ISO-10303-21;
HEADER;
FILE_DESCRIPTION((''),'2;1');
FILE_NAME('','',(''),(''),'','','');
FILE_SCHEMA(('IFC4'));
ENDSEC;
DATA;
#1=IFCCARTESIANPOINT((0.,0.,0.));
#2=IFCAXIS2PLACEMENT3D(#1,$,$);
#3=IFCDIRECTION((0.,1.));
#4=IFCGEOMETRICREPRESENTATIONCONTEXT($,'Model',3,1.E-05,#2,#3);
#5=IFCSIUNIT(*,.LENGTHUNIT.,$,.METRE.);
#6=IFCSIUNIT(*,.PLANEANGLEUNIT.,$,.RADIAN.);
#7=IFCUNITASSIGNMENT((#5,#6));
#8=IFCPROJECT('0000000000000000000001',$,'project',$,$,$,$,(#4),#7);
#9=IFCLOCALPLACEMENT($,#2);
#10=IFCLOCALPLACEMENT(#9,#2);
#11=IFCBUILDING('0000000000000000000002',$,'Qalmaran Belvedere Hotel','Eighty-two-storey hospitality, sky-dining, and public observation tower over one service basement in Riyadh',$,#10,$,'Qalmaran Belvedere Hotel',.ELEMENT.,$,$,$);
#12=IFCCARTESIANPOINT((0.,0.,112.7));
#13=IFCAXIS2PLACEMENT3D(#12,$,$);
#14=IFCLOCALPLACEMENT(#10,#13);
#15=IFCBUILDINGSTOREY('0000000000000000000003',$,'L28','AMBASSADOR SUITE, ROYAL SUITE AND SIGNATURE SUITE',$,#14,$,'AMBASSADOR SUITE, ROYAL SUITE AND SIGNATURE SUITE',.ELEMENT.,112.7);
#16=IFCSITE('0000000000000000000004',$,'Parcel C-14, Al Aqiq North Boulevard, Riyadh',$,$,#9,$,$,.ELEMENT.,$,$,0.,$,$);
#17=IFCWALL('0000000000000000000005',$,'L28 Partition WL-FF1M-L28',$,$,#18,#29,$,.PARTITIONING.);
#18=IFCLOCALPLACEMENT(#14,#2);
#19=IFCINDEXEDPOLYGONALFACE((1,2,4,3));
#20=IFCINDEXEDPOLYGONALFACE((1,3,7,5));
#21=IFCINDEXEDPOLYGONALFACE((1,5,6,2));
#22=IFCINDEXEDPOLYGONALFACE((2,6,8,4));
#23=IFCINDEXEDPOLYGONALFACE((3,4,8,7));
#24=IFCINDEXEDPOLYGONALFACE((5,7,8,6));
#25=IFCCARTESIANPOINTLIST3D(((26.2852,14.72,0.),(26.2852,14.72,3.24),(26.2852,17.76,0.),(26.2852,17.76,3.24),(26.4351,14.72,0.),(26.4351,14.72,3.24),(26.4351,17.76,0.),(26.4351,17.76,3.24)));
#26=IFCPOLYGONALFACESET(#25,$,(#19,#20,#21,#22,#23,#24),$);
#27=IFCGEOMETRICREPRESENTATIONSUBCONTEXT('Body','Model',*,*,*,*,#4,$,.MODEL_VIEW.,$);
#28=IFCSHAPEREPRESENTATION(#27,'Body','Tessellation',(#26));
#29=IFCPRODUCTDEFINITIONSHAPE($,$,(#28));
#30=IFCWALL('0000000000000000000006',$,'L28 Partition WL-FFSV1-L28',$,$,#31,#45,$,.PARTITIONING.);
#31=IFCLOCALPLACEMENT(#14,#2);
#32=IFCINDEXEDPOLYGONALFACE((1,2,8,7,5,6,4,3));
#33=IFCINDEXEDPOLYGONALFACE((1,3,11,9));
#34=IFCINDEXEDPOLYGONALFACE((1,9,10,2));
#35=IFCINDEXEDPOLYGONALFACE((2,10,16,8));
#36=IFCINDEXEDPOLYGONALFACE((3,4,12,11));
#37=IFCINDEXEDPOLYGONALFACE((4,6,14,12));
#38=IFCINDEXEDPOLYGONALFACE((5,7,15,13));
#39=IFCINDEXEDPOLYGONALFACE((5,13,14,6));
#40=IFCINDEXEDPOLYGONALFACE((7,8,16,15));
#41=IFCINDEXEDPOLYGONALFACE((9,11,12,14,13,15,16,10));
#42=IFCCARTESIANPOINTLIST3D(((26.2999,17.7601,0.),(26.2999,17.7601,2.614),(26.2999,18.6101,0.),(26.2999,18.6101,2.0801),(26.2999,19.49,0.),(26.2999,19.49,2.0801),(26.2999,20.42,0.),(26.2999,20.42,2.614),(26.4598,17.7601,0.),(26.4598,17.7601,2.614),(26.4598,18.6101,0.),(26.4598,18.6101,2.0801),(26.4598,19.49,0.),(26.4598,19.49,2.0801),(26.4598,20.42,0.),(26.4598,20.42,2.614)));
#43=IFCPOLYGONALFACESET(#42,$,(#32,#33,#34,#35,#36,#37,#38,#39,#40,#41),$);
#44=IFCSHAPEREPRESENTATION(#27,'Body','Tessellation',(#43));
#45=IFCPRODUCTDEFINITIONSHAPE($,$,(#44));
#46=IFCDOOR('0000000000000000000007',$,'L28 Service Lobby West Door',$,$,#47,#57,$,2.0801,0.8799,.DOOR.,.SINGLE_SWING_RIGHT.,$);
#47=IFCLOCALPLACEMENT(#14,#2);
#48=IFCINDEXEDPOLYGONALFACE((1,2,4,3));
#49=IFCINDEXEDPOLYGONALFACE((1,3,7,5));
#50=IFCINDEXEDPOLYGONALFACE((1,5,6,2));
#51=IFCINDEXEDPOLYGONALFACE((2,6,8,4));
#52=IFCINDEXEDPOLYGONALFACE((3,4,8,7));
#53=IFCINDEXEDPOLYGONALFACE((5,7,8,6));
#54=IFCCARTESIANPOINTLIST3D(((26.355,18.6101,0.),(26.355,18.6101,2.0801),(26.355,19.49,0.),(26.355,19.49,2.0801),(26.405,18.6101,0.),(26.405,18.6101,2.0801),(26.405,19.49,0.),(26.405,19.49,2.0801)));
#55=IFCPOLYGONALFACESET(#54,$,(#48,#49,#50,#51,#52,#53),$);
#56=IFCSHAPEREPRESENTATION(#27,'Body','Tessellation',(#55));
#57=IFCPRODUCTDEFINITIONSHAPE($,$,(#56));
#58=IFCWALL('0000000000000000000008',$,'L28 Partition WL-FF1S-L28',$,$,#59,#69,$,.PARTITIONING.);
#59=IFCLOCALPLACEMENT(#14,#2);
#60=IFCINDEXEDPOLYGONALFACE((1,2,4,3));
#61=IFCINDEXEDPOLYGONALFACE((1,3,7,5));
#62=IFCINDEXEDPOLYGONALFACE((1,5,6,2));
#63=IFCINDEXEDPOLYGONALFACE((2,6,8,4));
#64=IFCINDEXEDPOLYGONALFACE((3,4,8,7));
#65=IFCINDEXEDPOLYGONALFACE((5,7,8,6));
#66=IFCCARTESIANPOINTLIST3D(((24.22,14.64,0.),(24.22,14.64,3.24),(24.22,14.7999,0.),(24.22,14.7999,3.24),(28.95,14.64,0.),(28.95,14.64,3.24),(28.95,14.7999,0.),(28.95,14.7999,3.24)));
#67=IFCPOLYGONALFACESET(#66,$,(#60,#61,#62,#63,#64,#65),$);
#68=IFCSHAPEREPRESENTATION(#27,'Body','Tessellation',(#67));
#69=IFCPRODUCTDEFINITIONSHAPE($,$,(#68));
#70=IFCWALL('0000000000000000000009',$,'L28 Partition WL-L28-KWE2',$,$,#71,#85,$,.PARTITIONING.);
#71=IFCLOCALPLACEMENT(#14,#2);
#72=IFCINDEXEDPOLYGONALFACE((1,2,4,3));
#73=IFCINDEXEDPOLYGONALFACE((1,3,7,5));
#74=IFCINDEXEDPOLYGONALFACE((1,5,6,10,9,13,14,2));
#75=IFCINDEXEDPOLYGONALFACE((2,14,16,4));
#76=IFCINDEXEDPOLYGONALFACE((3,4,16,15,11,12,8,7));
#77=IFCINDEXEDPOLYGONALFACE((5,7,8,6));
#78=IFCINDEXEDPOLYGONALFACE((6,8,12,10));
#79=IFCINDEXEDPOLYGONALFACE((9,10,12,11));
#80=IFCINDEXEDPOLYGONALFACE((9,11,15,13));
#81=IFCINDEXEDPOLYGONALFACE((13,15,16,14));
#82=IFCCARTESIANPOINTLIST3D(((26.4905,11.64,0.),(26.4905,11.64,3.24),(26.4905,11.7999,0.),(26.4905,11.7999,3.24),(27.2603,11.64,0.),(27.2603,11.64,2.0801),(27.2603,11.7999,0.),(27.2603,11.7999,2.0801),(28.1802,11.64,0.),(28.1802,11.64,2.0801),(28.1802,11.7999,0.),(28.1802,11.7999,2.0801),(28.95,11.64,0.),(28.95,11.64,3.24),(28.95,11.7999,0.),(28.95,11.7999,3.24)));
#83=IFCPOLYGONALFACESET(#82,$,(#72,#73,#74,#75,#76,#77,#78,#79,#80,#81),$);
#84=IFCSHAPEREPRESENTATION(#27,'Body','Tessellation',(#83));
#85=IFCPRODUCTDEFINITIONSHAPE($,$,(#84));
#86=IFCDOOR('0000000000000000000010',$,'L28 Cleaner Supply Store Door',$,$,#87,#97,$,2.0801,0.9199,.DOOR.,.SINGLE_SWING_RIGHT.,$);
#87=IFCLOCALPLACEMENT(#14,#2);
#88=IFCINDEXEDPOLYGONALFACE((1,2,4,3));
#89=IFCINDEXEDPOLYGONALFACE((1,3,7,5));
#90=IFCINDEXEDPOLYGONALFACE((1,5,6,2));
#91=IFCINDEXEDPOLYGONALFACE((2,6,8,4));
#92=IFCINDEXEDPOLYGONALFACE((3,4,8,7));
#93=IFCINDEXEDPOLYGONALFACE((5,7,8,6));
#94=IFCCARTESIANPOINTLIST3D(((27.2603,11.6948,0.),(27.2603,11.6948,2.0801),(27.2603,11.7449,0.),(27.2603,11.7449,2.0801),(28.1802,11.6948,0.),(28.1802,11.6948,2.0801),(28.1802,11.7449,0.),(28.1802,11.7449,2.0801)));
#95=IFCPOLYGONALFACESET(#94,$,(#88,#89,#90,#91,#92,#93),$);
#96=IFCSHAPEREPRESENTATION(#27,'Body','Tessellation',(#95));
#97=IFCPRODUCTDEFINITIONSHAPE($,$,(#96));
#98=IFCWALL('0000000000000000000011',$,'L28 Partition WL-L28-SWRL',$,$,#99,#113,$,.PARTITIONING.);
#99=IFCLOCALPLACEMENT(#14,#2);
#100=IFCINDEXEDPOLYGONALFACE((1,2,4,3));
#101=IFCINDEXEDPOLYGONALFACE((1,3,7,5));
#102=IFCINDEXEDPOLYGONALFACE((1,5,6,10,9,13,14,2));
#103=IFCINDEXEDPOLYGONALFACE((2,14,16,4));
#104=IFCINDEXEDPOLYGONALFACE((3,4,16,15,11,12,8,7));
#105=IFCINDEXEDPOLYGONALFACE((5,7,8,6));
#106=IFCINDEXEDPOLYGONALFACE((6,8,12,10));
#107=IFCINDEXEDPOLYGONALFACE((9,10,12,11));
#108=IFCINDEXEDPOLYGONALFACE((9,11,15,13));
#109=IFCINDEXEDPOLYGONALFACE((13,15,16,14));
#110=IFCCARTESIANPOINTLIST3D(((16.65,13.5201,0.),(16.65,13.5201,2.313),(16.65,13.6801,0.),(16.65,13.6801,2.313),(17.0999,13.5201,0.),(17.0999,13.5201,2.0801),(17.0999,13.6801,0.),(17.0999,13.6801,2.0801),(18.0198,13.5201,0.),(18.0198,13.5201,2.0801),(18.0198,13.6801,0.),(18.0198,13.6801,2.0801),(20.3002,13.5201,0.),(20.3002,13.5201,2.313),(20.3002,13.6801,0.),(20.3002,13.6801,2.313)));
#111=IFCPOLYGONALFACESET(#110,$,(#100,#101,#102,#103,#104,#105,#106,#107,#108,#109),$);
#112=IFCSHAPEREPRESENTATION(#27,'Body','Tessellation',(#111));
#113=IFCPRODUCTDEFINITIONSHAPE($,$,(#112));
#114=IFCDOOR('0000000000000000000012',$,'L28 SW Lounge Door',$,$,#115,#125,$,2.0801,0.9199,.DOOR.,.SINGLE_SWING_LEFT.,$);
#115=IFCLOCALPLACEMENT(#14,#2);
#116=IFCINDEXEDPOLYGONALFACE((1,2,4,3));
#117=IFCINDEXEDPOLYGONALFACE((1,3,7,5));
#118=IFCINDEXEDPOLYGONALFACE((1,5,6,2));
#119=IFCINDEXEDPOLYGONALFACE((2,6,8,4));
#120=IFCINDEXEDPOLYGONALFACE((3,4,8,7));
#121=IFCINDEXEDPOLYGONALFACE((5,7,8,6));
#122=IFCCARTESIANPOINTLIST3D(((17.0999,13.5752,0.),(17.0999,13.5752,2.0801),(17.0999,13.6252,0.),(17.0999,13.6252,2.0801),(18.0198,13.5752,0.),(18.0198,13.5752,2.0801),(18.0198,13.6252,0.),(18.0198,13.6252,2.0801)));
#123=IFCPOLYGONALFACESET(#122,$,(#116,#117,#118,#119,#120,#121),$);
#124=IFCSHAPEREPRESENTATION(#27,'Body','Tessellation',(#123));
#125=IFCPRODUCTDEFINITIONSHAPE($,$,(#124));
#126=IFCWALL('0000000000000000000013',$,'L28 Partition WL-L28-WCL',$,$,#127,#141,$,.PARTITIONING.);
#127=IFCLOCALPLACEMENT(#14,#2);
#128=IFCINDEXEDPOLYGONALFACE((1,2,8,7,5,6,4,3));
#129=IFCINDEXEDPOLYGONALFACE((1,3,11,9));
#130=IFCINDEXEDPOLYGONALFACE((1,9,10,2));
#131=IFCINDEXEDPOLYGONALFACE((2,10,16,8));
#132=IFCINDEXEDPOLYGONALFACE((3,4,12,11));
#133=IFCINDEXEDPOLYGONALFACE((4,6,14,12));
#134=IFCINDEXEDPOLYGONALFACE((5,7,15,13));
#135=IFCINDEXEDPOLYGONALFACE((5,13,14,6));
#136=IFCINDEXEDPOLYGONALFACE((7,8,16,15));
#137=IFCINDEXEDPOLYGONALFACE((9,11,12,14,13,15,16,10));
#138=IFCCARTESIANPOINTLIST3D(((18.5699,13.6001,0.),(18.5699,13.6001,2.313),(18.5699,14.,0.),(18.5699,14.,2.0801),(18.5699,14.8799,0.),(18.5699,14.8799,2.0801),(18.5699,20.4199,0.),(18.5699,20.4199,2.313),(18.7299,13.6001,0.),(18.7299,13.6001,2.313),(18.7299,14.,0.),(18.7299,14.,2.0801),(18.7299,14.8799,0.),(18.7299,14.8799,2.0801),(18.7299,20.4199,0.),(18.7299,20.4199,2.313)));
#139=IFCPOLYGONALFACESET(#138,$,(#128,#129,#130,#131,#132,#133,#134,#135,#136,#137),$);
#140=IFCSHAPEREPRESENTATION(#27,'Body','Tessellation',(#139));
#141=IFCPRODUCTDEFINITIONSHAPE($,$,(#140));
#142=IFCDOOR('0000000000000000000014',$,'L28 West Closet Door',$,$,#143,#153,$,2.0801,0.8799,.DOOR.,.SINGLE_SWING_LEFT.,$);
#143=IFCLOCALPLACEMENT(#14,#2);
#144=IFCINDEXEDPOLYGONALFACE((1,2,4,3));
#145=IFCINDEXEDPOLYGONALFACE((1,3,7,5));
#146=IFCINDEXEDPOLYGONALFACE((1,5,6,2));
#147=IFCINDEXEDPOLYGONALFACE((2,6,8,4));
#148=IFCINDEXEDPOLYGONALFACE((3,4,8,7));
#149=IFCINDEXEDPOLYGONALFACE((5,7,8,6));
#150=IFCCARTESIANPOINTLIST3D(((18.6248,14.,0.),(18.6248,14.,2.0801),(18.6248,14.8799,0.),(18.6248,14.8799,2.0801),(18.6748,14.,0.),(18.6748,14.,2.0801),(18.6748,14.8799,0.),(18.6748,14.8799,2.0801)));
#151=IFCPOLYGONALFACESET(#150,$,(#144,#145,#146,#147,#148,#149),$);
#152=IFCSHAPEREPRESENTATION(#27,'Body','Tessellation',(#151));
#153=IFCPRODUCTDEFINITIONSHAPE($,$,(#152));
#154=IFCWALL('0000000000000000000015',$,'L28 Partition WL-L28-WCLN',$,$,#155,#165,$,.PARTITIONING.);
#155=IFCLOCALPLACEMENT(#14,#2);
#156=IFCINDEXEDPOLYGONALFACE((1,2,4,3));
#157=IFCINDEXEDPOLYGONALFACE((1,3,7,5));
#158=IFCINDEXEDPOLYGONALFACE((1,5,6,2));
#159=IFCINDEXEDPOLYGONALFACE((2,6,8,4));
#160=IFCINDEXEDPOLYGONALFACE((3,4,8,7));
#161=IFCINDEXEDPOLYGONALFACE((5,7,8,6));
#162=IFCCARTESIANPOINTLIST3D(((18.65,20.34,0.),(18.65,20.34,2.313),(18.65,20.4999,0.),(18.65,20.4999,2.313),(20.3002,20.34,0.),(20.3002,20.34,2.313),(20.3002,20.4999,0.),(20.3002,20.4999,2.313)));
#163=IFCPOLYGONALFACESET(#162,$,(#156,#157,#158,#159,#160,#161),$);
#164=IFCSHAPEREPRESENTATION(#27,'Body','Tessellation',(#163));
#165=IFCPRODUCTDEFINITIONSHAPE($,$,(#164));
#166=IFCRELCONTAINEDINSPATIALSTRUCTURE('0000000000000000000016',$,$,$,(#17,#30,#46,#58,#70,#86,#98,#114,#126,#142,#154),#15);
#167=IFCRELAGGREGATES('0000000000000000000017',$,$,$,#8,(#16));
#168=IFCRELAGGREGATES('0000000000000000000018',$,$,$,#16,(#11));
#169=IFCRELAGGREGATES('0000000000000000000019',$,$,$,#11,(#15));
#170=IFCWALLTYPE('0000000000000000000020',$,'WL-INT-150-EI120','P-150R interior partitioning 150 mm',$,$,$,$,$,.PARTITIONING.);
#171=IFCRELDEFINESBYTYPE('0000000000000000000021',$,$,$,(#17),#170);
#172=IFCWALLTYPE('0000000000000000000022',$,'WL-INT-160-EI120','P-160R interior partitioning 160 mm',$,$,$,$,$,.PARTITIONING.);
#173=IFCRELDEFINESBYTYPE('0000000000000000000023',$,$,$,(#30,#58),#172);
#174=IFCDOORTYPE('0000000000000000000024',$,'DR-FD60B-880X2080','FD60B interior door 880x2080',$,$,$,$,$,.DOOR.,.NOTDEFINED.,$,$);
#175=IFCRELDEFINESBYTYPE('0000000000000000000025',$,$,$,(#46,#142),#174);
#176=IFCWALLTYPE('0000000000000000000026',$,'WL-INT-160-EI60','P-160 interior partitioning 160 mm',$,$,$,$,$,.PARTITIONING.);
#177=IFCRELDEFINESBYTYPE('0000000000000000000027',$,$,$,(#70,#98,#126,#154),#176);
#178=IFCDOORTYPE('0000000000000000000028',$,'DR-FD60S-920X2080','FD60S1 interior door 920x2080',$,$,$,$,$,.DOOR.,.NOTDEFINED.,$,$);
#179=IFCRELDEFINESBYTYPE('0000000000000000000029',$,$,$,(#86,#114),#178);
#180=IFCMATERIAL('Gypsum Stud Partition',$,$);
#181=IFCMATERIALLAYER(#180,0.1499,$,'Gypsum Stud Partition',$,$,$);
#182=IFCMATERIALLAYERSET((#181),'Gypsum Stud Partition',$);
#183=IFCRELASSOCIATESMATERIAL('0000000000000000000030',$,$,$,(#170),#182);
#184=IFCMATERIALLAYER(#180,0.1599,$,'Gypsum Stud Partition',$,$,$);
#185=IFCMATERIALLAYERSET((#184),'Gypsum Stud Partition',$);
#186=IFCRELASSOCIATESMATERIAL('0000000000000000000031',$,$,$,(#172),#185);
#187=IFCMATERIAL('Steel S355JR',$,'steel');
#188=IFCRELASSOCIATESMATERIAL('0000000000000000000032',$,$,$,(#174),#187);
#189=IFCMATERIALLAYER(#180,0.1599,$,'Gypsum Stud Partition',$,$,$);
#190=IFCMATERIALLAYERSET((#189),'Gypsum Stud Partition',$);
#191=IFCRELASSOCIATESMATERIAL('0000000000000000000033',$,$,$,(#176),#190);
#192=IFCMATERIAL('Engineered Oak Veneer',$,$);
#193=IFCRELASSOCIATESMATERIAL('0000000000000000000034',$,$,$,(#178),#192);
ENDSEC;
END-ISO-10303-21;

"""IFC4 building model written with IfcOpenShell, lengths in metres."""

from ifc_helpers import new_model, si_unit, direction, frame, frame_2d, origin, place, context, subcontext, project, spatial, rectangle, extrude, material, layer, layer_set, type_object, element, fill, save


model = new_model("IFC4")

# Units and contexts
model_context = context("Model", 3, precision=1e-05, world=origin(), true_north=direction((0.0, 1.0)))
body_context = subcontext(model_context, "Body", "Model", "MODEL_VIEW")
ifc_project = project(units=[si_unit("LENGTHUNIT", "METRE"), si_unit("PLANEANGLEUNIT", "RADIAN")], contexts=[model_context])

# Site, building, storey
site_placement = place(None, origin())
site = spatial("IfcSite", under=ifc_project, at=site_placement, Name="Parcel C-14, Al Aqiq North Boulevard, Riyadh", CompositionType="ELEMENT", RefElevation=0.0)
building_placement = place(site_placement, origin())
building = spatial("IfcBuilding", under=site, at=building_placement, Name="Qalmaran Belvedere Hotel", Description="Eighty-two-storey hospitality, sky-dining, and public observation tower over one service basement in Riyadh", LongName="Qalmaran Belvedere Hotel", CompositionType="ELEMENT")
storey_placement = place(building_placement, frame((0.0, 0.0, 112.7)))
storey = spatial("IfcBuildingStorey", under=building, at=storey_placement, Name="L28", Description="AMBASSADOR SUITE, ROYAL SUITE AND SIGNATURE SUITE", LongName="AMBASSADOR SUITE, ROYAL SUITE AND SIGNATURE SUITE", CompositionType="ELEMENT", Elevation=112.7)

# Wall
ifc_material_1 = material(Name="Gypsum Stud Partition")
ifc_layer_1 = layer(ifc_material_1, 0.1499, Name="Gypsum Stud Partition")
ifc_layer_set_1 = layer_set([ifc_layer_1], Name="Gypsum Stud Partition")
wall_type_1 = type_object("IfcWallType", Name="WL-INT-150-EI120", Description="P-150R interior partitioning 150 mm", PredefinedType="PARTITIONING", material=ifc_layer_set_1)
wall_1_placement = place(storey_placement, frame((26.3601, 14.72, 0.0), z_axis=(0.0, 0.0, 1.0), x_axis=(0.0, 1.0, 0.0)))
element("IfcWall", 1, at=wall_1_placement, inside=storey, type_object=wall_type_1, Name="L28 Partition WL-FF1M-L28", PredefinedType="PARTITIONING", context=body_context, shape_type="SweptSolid", body=[
    extrude(rectangle(XDim=3.04, YDim=0.1499, at=frame_2d((1.52, 0.0))), origin(), (0.0, 0.0, 1.0), 3.24),
])

# Wall, opening, door
ifc_layer_2 = layer(ifc_material_1, 0.1599, Name="Gypsum Stud Partition")
ifc_layer_set_2 = layer_set([ifc_layer_2], Name="Gypsum Stud Partition")
wall_type_2 = type_object("IfcWallType", Name="WL-INT-160-EI120", Description="P-160R interior partitioning 160 mm", PredefinedType="PARTITIONING", material=ifc_layer_set_2)
wall_2_placement = place(storey_placement, frame((26.3799, 17.76, 0.0), z_axis=(0.0, 0.0, 1.0), x_axis=(0.0, 1.0, 0.0)))
wall_2 = element("IfcWall", 2, at=wall_2_placement, inside=storey, type_object=wall_type_2, Name="L28 Partition WL-FFSV1-L28", PredefinedType="PARTITIONING", context=body_context, shape_type="SweptSolid", body=[
    extrude(rectangle(XDim=2.6599, YDim=0.1599, at=frame_2d((1.3301, 0.0))), origin(), (0.0, 0.0, 1.0), 2.614),
])
opening_1_placement = place(wall_2_placement, frame((0.8501, 0.0, 0.0)))
opening_1 = element("IfcOpeningElement", 3, at=opening_1_placement, cuts=wall_2, PredefinedType="OPENING", context=body_context, shape_type="SweptSolid", body=[
    extrude(rectangle(XDim=0.8799, YDim=2.0801, at=frame_2d((0.4399, 1.04))), frame((0.0, 0.0898, 0.0), z_axis=(0.0, -1.0, 0.0), x_axis=(1.0, 0.0, 0.0)), (0.0, 0.0, 1.0), 0.1799),
])
ifc_material_2 = material(Name="Steel S355JR", Category="steel")
door_type_1 = type_object("IfcDoorType", Name="DR-FD60B-880X2080", Description="FD60B interior door 880x2080", OperationType="NOTDEFINED", PredefinedType="DOOR", material=ifc_material_2)
door_1_placement = place(opening_1_placement, origin())
door_1 = element("IfcDoor", 4, at=door_1_placement, inside=storey, type_object=door_type_1, Name="L28 Service Lobby West Door", OperationType="SINGLE_SWING_RIGHT", OverallHeight=2.0801, OverallWidth=0.8799, PredefinedType="DOOR", context=body_context, shape_type="SweptSolid", body=[
    extrude(rectangle(XDim=0.8799, YDim=2.0801, at=frame_2d((0.4399, 1.04))), frame((0.0, 0.0249, 0.0), z_axis=(0.0, -1.0, 0.0), x_axis=(1.0, 0.0, 0.0)), (0.0, 0.0, 1.0), 0.05),
])
fill(opening_1, door_1)

# Wall
wall_3_placement = place(storey_placement, frame((24.22, 14.72, 0.0), z_axis=(0.0, 0.0, 1.0), x_axis=(1.0, 0.0, 0.0)))
element("IfcWall", 5, at=wall_3_placement, inside=storey, type_object=wall_type_2, Name="L28 Partition WL-FF1S-L28", PredefinedType="PARTITIONING", context=body_context, shape_type="SweptSolid", body=[
    extrude(rectangle(XDim=4.73, YDim=0.1599, at=frame_2d((2.365, 0.0))), origin(), (0.0, 0.0, 1.0), 3.24),
])

# Walls, openings, doors
ifc_layer_3 = layer(ifc_material_1, 0.1599, Name="Gypsum Stud Partition")
ifc_layer_set_3 = layer_set([ifc_layer_3], Name="Gypsum Stud Partition")
wall_type_3 = type_object("IfcWallType", Name="WL-INT-160-EI60", Description="P-160 interior partitioning 160 mm", PredefinedType="PARTITIONING", material=ifc_layer_set_3)
wall_4_placement = place(storey_placement, frame((26.4905, 11.72, 0.0), z_axis=(0.0, 0.0, 1.0), x_axis=(1.0, 0.0, 0.0)))
wall_4 = element("IfcWall", 6, at=wall_4_placement, inside=storey, type_object=wall_type_3, Name="L28 Partition WL-L28-KWE2", PredefinedType="PARTITIONING", context=body_context, shape_type="SweptSolid", body=[
    extrude(rectangle(XDim=2.4595, YDim=0.1599, at=frame_2d((1.2297, 0.0))), origin(), (0.0, 0.0, 1.0), 3.24),
])
opening_2_placement = place(wall_4_placement, frame((0.7698, 0.0, 0.0)))
opening_2 = element("IfcOpeningElement", 7, at=opening_2_placement, cuts=wall_4, PredefinedType="OPENING", context=body_context, shape_type="SweptSolid", body=[
    extrude(rectangle(XDim=0.9199, YDim=2.0801, at=frame_2d((0.46, 1.04))), frame((0.0, 0.0898, 0.0), z_axis=(0.0, -1.0, 0.0), x_axis=(1.0, 0.0, 0.0)), (0.0, 0.0, 1.0), 0.1799),
])
ifc_material_3 = material(Name="Engineered Oak Veneer")
door_type_2 = type_object("IfcDoorType", Name="DR-FD60S-920X2080", Description="FD60S1 interior door 920x2080", OperationType="NOTDEFINED", PredefinedType="DOOR", material=ifc_material_3)
door_2_placement = place(opening_2_placement, origin())
door_2 = element("IfcDoor", 8, at=door_2_placement, inside=storey, type_object=door_type_2, Name="L28 Cleaner Supply Store Door", OperationType="SINGLE_SWING_RIGHT", OverallHeight=2.0801, OverallWidth=0.9199, PredefinedType="DOOR", context=body_context, shape_type="SweptSolid", body=[
    extrude(rectangle(XDim=0.9199, YDim=2.0801, at=frame_2d((0.46, 1.04))), frame((0.0, 0.0249, 0.0), z_axis=(0.0, -1.0, 0.0), x_axis=(1.0, 0.0, 0.0)), (0.0, 0.0, 1.0), 0.05),
])
fill(opening_2, door_2)
wall_5_placement = place(storey_placement, frame((16.6499, 13.6001, 0.0), z_axis=(0.0, 0.0, 1.0), x_axis=(1.0, 0.0, 0.0)))
wall_5 = element("IfcWall", 9, at=wall_5_placement, inside=storey, type_object=wall_type_3, Name="L28 Partition WL-L28-SWRL", PredefinedType="PARTITIONING", context=body_context, shape_type="SweptSolid", body=[
    extrude(rectangle(XDim=3.6501, YDim=0.1599, at=frame_2d((1.8252, 0.0))), origin(), (0.0, 0.0, 1.0), 2.313),
])
opening_3_placement = place(wall_5_placement, frame((1.3699, 0.0, 0.0), z_axis=(0.0, 0.0, 1.0), x_axis=(-1.0, 0.0, 0.0)))
opening_3 = element("IfcOpeningElement", 10, at=opening_3_placement, cuts=wall_5, PredefinedType="OPENING", context=body_context, shape_type="SweptSolid", body=[
    extrude(rectangle(XDim=0.9199, YDim=2.0801, at=frame_2d((0.46, 1.04))), frame((0.0, 0.0898, 0.0), z_axis=(0.0, -1.0, 0.0), x_axis=(1.0, 0.0, 0.0)), (0.0, 0.0, 1.0), 0.1799),
])
door_3_placement = place(opening_3_placement, origin())
door_3 = element("IfcDoor", 11, at=door_3_placement, inside=storey, type_object=door_type_2, Name="L28 SW Lounge Door", OperationType="SINGLE_SWING_LEFT", OverallHeight=2.0801, OverallWidth=0.9199, PredefinedType="DOOR", context=body_context, shape_type="SweptSolid", body=[
    extrude(rectangle(XDim=0.9199, YDim=2.0801, at=frame_2d((0.46, 1.04))), frame((0.0, 0.0249, 0.0), z_axis=(0.0, -1.0, 0.0), x_axis=(1.0, 0.0, 0.0)), (0.0, 0.0, 1.0), 0.05),
])
fill(opening_3, door_3)
wall_6_placement = place(storey_placement, frame((18.6499, 13.6001, 0.0), z_axis=(0.0, 0.0, 1.0), x_axis=(0.0, 1.0, 0.0)))
wall_6 = element("IfcWall", 12, at=wall_6_placement, inside=storey, type_object=wall_type_3, Name="L28 Partition WL-L28-WCL", PredefinedType="PARTITIONING", context=body_context, shape_type="SweptSolid", body=[
    extrude(rectangle(XDim=6.8198, YDim=0.1599, at=frame_2d((3.4099, 0.0))), origin(), (0.0, 0.0, 1.0), 2.313),
])
opening_4_placement = place(wall_6_placement, frame((1.2798, 0.0, 0.0), z_axis=(0.0, 0.0, 1.0), x_axis=(-1.0, 0.0, 0.0)))
opening_4 = element("IfcOpeningElement", 13, at=opening_4_placement, cuts=wall_6, PredefinedType="OPENING", context=body_context, shape_type="SweptSolid", body=[
    extrude(rectangle(XDim=0.8799, YDim=2.0801, at=frame_2d((0.4399, 1.04))), frame((0.0, 0.0898, 0.0), z_axis=(0.0, -1.0, 0.0), x_axis=(1.0, 0.0, 0.0)), (0.0, 0.0, 1.0), 0.1799),
])
door_4_placement = place(opening_4_placement, origin())
door_4 = element("IfcDoor", 14, at=door_4_placement, inside=storey, type_object=door_type_1, Name="L28 West Closet Door", OperationType="SINGLE_SWING_LEFT", OverallHeight=2.0801, OverallWidth=0.8799, PredefinedType="DOOR", context=body_context, shape_type="SweptSolid", body=[
    extrude(rectangle(XDim=0.8799, YDim=2.0801, at=frame_2d((0.4399, 1.04))), frame((0.0, 0.0249, 0.0), z_axis=(0.0, -1.0, 0.0), x_axis=(1.0, 0.0, 0.0)), (0.0, 0.0, 1.0), 0.05),
])
fill(opening_4, door_4)

# Wall
wall_7_placement = place(storey_placement, frame((18.6499, 20.4199, 0.0), z_axis=(0.0, 0.0, 1.0), x_axis=(1.0, 0.0, 0.0)))
element("IfcWall", 15, at=wall_7_placement, inside=storey, type_object=wall_type_3, Name="L28 Partition WL-L28-WCLN", PredefinedType="PARTITIONING", context=body_context, shape_type="SweptSolid", body=[
    extrude(rectangle(XDim=1.6501, YDim=0.1599, at=frame_2d((0.8252, 0.0))), origin(), (0.0, 0.0, 1.0), 2.313),
])

save(model, "model.ifc")
